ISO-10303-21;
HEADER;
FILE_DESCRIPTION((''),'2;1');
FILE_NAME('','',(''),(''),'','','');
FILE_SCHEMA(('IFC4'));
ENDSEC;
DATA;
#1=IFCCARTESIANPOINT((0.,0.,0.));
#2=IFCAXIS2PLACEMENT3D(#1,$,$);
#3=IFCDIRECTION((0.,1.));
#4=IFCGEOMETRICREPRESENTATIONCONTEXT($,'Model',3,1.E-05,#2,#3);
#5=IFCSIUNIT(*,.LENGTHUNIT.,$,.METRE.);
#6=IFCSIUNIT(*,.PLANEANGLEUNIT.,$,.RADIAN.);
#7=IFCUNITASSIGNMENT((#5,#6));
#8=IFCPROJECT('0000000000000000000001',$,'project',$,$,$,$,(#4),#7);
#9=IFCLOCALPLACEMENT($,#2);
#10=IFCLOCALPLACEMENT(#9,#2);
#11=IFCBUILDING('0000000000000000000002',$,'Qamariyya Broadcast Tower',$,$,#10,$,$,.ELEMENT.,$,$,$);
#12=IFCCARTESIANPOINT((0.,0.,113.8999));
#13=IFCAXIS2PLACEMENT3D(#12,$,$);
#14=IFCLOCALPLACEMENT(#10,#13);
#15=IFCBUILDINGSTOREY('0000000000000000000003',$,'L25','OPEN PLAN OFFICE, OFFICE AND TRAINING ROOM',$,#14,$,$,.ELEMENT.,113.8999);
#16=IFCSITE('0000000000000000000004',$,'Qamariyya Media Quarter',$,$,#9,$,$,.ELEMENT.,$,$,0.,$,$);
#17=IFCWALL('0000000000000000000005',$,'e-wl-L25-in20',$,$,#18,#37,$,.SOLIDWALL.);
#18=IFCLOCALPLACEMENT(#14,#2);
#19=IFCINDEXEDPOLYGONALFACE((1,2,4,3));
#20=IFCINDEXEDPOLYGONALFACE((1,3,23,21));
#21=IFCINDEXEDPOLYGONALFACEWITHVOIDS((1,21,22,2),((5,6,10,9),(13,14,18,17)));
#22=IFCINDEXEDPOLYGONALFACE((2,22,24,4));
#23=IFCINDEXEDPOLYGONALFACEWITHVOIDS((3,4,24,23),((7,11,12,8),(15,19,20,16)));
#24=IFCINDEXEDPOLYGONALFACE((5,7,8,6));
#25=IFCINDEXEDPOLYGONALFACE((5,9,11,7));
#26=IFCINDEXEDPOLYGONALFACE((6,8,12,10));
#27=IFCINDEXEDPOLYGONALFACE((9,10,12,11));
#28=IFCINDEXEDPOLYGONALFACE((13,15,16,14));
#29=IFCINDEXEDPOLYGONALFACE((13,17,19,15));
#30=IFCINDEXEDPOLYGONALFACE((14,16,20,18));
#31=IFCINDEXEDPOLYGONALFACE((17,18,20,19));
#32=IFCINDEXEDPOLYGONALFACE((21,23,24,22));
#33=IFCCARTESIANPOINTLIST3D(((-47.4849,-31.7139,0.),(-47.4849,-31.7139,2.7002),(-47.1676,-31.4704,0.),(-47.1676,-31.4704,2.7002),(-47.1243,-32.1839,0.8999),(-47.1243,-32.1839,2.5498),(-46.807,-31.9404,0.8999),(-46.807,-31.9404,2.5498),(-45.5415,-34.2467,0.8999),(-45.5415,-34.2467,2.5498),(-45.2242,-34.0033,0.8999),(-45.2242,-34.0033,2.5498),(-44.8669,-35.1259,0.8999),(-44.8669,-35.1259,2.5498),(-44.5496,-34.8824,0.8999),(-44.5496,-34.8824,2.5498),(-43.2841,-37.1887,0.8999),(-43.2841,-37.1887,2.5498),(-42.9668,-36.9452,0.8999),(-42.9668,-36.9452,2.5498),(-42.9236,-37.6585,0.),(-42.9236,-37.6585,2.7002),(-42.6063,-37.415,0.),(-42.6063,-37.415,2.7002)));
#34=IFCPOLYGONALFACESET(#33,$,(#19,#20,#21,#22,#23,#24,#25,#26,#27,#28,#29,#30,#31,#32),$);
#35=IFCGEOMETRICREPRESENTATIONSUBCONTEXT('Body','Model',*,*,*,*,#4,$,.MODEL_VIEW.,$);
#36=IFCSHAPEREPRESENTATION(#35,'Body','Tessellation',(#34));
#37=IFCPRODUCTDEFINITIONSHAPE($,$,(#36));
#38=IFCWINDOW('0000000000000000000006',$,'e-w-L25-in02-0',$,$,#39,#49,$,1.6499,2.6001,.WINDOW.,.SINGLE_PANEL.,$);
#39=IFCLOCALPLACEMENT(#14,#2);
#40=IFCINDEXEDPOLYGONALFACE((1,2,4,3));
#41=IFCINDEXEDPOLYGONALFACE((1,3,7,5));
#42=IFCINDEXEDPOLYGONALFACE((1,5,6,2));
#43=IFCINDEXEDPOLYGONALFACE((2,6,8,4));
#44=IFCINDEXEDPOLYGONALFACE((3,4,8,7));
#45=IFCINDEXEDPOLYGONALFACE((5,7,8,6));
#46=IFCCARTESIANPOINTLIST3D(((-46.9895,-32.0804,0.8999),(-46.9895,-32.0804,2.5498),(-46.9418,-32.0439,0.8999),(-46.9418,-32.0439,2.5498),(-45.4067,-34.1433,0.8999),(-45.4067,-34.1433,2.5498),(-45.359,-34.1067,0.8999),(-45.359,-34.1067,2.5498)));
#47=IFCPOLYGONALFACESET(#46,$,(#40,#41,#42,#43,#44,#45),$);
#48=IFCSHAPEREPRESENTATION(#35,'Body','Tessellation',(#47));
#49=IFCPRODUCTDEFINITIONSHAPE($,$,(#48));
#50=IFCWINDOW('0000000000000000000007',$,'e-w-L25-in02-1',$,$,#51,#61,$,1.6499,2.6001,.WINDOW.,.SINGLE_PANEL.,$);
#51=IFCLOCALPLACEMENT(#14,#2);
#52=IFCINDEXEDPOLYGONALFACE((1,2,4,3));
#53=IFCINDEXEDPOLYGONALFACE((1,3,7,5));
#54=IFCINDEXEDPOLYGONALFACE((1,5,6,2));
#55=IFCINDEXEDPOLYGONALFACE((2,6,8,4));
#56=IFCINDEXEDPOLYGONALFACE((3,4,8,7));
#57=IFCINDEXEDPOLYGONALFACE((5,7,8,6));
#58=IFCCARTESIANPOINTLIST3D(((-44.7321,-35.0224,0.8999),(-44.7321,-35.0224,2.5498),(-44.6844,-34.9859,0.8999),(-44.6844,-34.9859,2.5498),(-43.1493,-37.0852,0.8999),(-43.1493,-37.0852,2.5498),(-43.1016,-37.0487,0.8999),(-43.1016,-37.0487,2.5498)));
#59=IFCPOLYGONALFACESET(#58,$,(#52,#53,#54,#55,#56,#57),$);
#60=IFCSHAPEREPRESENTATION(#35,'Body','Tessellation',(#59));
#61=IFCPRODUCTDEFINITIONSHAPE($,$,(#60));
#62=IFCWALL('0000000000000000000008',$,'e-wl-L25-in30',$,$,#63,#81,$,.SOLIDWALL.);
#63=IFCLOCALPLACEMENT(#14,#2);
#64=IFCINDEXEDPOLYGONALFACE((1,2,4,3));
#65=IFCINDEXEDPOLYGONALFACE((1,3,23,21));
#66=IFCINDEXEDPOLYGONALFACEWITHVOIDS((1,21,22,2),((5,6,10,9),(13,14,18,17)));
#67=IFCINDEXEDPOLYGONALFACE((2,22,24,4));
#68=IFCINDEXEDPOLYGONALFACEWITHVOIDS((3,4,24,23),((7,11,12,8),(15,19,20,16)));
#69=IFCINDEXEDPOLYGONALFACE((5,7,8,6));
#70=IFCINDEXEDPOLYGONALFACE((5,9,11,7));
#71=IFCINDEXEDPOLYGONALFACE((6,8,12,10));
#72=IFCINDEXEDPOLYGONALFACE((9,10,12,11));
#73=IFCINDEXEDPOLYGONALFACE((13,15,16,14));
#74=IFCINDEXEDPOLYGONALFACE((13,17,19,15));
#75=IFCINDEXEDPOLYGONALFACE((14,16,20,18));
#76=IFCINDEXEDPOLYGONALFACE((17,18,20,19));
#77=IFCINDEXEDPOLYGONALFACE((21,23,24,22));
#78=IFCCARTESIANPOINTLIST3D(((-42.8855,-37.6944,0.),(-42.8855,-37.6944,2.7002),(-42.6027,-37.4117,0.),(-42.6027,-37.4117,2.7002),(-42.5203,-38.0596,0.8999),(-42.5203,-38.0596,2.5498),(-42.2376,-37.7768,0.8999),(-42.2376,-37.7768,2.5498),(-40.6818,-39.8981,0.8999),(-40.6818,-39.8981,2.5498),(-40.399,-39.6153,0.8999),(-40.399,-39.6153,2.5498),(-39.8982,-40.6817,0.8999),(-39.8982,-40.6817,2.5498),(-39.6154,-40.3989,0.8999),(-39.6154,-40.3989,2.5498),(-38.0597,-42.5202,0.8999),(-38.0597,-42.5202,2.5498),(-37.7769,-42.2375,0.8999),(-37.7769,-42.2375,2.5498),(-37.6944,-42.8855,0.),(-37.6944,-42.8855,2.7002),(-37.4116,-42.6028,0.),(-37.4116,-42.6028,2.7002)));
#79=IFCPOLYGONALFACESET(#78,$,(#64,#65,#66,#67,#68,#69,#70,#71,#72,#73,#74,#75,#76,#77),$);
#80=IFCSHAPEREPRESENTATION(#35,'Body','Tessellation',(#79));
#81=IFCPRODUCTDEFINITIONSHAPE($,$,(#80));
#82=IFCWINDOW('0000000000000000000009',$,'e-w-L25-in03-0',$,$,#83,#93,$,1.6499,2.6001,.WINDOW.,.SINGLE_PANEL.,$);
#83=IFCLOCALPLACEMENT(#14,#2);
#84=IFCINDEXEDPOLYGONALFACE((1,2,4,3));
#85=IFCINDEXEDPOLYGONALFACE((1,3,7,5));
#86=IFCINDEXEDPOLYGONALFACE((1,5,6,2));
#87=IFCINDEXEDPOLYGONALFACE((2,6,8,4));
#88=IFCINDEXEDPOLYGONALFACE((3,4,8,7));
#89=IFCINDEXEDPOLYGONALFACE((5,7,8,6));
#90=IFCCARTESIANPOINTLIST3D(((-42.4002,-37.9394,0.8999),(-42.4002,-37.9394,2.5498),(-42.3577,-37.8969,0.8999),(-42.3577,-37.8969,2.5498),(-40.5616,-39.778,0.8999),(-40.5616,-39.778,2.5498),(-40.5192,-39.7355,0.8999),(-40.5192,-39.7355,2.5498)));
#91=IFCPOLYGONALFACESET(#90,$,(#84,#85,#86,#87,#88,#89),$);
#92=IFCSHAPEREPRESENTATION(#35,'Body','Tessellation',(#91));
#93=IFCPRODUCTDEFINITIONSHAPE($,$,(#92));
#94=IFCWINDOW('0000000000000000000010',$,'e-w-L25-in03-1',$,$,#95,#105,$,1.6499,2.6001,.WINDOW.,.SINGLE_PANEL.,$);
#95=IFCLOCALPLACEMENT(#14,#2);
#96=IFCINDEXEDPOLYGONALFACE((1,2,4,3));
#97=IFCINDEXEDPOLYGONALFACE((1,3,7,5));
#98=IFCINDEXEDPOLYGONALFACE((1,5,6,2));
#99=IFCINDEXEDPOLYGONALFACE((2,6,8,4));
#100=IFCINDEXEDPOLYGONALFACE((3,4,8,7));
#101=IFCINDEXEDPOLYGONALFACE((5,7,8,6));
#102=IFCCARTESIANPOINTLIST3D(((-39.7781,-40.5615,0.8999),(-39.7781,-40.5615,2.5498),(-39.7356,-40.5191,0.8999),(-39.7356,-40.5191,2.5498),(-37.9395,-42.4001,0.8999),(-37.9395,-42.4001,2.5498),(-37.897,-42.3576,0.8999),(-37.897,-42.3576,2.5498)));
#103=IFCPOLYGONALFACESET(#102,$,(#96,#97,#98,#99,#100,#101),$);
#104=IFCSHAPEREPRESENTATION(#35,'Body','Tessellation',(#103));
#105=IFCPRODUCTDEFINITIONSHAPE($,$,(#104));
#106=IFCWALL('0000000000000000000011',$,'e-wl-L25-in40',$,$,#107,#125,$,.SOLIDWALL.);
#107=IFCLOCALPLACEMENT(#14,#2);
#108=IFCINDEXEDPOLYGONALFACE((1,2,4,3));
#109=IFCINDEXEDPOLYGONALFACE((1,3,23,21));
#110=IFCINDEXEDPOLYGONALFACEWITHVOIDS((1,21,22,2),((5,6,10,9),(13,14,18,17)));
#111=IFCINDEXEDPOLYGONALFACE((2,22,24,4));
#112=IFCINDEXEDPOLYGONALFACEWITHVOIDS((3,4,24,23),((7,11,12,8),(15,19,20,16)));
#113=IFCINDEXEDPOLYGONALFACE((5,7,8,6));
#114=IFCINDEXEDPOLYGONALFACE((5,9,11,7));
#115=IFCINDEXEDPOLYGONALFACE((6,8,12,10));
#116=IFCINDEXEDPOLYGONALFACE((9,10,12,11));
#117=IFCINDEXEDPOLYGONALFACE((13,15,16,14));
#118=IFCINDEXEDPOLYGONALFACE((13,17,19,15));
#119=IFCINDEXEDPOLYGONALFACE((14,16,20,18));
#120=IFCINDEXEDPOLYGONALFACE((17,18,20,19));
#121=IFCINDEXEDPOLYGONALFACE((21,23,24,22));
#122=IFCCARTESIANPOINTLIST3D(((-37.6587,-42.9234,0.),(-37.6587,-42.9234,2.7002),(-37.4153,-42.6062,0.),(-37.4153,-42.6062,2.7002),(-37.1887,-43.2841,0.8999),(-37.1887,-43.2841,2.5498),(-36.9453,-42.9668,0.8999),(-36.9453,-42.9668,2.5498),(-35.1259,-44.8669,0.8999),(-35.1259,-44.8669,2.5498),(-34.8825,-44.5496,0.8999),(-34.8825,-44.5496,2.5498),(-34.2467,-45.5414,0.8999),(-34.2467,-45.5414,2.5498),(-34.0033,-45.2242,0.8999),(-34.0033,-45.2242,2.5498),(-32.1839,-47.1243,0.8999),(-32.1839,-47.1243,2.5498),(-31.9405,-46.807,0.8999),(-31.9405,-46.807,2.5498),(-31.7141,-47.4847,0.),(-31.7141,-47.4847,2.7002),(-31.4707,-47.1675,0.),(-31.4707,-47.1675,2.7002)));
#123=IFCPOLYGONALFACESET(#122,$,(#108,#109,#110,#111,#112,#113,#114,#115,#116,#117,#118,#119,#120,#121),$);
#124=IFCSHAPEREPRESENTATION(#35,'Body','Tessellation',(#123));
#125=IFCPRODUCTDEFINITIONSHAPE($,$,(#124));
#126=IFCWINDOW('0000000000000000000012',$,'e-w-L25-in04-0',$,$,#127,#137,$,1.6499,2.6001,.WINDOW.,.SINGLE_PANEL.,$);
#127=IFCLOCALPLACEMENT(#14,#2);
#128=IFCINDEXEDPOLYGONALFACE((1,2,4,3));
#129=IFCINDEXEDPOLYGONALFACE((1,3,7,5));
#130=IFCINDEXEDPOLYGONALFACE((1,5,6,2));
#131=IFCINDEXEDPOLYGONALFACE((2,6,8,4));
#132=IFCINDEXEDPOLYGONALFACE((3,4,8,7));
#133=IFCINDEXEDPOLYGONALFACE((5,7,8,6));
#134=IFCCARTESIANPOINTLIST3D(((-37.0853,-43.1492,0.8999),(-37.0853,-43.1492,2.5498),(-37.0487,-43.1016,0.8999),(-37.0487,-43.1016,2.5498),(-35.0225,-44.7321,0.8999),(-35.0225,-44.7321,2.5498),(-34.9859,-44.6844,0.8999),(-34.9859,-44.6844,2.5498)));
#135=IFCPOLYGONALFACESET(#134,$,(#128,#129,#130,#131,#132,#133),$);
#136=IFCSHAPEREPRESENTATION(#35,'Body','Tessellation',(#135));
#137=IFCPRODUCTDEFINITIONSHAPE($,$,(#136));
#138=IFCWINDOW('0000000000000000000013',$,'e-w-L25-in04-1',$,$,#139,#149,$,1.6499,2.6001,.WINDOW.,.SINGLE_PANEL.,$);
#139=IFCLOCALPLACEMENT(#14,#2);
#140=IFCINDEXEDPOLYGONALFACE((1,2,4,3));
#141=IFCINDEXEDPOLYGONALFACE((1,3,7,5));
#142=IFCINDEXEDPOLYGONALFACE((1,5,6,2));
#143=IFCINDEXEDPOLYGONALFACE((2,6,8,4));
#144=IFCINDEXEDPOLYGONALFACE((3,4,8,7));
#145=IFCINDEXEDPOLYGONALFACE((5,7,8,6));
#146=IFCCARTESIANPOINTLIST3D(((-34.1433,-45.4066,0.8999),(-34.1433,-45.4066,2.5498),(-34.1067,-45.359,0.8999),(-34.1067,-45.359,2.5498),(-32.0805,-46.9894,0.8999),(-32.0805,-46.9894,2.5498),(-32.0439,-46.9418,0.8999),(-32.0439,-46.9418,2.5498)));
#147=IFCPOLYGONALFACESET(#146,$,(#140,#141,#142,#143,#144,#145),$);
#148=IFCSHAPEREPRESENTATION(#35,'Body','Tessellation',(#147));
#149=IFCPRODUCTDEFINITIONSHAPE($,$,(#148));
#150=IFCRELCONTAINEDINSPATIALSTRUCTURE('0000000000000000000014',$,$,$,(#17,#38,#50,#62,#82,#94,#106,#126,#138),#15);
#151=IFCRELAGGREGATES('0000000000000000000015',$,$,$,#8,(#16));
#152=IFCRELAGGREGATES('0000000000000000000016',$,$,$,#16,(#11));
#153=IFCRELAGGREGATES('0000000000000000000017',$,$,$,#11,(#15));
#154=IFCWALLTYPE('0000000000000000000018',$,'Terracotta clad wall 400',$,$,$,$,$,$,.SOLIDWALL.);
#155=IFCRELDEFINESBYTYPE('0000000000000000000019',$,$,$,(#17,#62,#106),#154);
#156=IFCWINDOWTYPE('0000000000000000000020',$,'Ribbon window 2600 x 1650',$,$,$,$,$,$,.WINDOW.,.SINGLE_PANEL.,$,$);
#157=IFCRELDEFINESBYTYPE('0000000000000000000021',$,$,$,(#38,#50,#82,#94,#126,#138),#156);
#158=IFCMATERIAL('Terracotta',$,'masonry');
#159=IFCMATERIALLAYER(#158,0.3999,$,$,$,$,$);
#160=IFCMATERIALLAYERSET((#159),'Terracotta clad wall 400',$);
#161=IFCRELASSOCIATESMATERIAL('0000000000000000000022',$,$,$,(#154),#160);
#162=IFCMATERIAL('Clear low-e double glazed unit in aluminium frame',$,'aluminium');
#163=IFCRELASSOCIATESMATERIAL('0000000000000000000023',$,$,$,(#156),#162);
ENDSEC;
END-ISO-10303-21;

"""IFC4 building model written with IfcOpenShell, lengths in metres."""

from ifc_helpers import new_model, si_unit, direction, frame, frame_2d, origin, place, context, subcontext, project, spatial, rectangle, extrude, material, layer, layer_set, type_object, element, fill, save


model = new_model("IFC4")

# Units and contexts
model_context = context("Model", 3, precision=1e-05, world=origin(), true_north=direction((0.0, 1.0)))
body_context = subcontext(model_context, "Body", "Model", "MODEL_VIEW")
ifc_project = project(units=[si_unit("LENGTHUNIT", "METRE"), si_unit("PLANEANGLEUNIT", "RADIAN")], contexts=[model_context])

# Site, building, storey
site_placement = place(None, origin())
site = spatial("IfcSite", under=ifc_project, at=site_placement, Name="Qamariyya Media Quarter", CompositionType="ELEMENT", RefElevation=0.0)
building_placement = place(site_placement, origin())
building = spatial("IfcBuilding", under=site, at=building_placement, Name="Qamariyya Broadcast Tower", CompositionType="ELEMENT")
storey_placement = place(building_placement, frame((0.0, 0.0, 113.8999)))
storey = spatial("IfcBuildingStorey", under=building, at=storey_placement, Name="L25", Description="OPEN PLAN OFFICE, OFFICE AND TRAINING ROOM", CompositionType="ELEMENT", Elevation=113.8999)

# Walls, openings, windows
ifc_material_1 = material(Name="Terracotta", Category="masonry")
ifc_layer_1 = layer(ifc_material_1, 0.3999)
ifc_layer_set_1 = layer_set([ifc_layer_1], Name="Terracotta clad wall 400")
wall_type = type_object("IfcWallType", Name="Terracotta clad wall 400", PredefinedType="SOLIDWALL", material=ifc_layer_set_1)
wall_1_placement = place(storey_placement, frame((-42.7649, -37.5369, 0.0), z_axis=(0.0, 0.0, 1.0), x_axis=(-0.608748, 0.793363, 0.0)))
wall_1 = element("IfcWall", 1, at=wall_1_placement, inside=storey, type_object=wall_type, Name="e-wl-L25-in20", PredefinedType="SOLIDWALL", context=body_context, shape_type="SweptSolid", body=[
    extrude(rectangle(XDim=7.4929, YDim=0.3999, at=frame_2d((3.7466, 0.0))), origin(), (0.0, 0.0, 1.0), 2.7002),
])
opening_1_placement = place(wall_1_placement, frame((4.3005, 0.0, 0.8999)))
opening_1 = element("IfcOpeningElement", 2, at=opening_1_placement, cuts=wall_1, PredefinedType="OPENING", context=body_context, shape_type="SweptSolid", body=[
    extrude(rectangle(XDim=2.6001, YDim=1.6499, at=frame_2d((1.3, 0.825))), frame((0.0, 0.21, 0.0), z_axis=(0.0, -1.0, 0.0), x_axis=(1.0, 0.0, 0.0)), (0.0, 0.0, 1.0), 0.4199),
])
opening_2_placement = place(wall_1_placement, frame((0.5923, 0.0, 0.8999)))
opening_2 = element("IfcOpeningElement", 3, at=opening_2_placement, cuts=wall_1, PredefinedType="OPENING", context=body_context, shape_type="SweptSolid", body=[
    extrude(rectangle(XDim=2.6001, YDim=1.6499, at=frame_2d((1.3, 0.825))), frame((0.0, 0.21, 0.0), z_axis=(0.0, -1.0, 0.0), x_axis=(1.0, 0.0, 0.0)), (0.0, 0.0, 1.0), 0.4199),
])
ifc_material_2 = material(Name="Clear low-e double glazed unit in aluminium frame", Category="aluminium")
window_type = type_object("IfcWindowType", Name="Ribbon window 2600 x 1650", PartitioningType="SINGLE_PANEL", PredefinedType="WINDOW", material=ifc_material_2)
window_1_placement = place(opening_1_placement, origin())
window_1 = element("IfcWindow", 4, at=window_1_placement, inside=storey, type_object=window_type, Name="e-w-L25-in02-0", OverallHeight=1.6499, OverallWidth=2.6001, PartitioningType="SINGLE_PANEL", PredefinedType="WINDOW", context=body_context, shape_type="SweptSolid", body=[
    extrude(rectangle(XDim=2.6001, YDim=1.6499, at=frame_2d((1.3, 0.825))), frame((0.0, 0.03, 0.0), z_axis=(0.0, -1.0, 0.0), x_axis=(1.0, 0.0, 0.0)), (0.0, 0.0, 1.0), 0.0601),
])
fill(opening_1, window_1)
window_2_placement = place(opening_2_placement, origin())
window_2 = element("IfcWindow", 5, at=window_2_placement, inside=storey, type_object=window_type, Name="e-w-L25-in02-1", OverallHeight=1.6499, OverallWidth=2.6001, PartitioningType="SINGLE_PANEL", PredefinedType="WINDOW", context=body_context, shape_type="SweptSolid", body=[
    extrude(rectangle(XDim=2.6001, YDim=1.6499, at=frame_2d((1.3, 0.825))), frame((0.0, 0.03, 0.0), z_axis=(0.0, -1.0, 0.0), x_axis=(1.0, 0.0, 0.0)), (0.0, 0.0, 1.0), 0.0601),
])
fill(opening_2, window_2)
wall_2_placement = place(storey_placement, frame((-37.553, -42.7441, 0.0), z_axis=(0.0, 0.0, 1.0), x_axis=(-0.707107, 0.707107, 0.0)))
wall_2 = element("IfcWall", 6, at=wall_2_placement, inside=storey, type_object=wall_type, Name="e-wl-L25-in30", PredefinedType="SOLIDWALL", context=body_context, shape_type="SweptSolid", body=[
    extrude(rectangle(XDim=7.3413, YDim=0.3999, at=frame_2d((3.6707, 0.0))), origin(), (0.0, 0.0, 1.0), 2.7002),
])
opening_3_placement = place(wall_2_placement, frame((4.2249, 0.0, 0.8999)))
opening_3 = element("IfcOpeningElement", 7, at=opening_3_placement, cuts=wall_2, PredefinedType="OPENING", context=body_context, shape_type="SweptSolid", body=[
    extrude(rectangle(XDim=2.6001, YDim=1.6499, at=frame_2d((1.3, 0.825))), frame((0.0, 0.21, 0.0), z_axis=(0.0, -1.0, 0.0), x_axis=(1.0, 0.0, 0.0)), (0.0, 0.0, 1.0), 0.4199),
])
opening_4_placement = place(wall_2_placement, frame((0.5166, 0.0, 0.8999)))
opening_4 = element("IfcOpeningElement", 8, at=opening_4_placement, cuts=wall_2, PredefinedType="OPENING", context=body_context, shape_type="SweptSolid", body=[
    extrude(rectangle(XDim=2.6001, YDim=1.6499, at=frame_2d((1.3, 0.825))), frame((0.0, 0.21, 0.0), z_axis=(0.0, -1.0, 0.0), x_axis=(1.0, 0.0, 0.0)), (0.0, 0.0, 1.0), 0.4199),
])
window_3_placement = place(opening_3_placement, origin())
window_3 = element("IfcWindow", 9, at=window_3_placement, inside=storey, type_object=window_type, Name="e-w-L25-in03-0", OverallHeight=1.6499, OverallWidth=2.6001, PartitioningType="SINGLE_PANEL", PredefinedType="WINDOW", context=body_context, shape_type="SweptSolid", body=[
    extrude(rectangle(XDim=2.6001, YDim=1.6499, at=frame_2d((1.3, 0.825))), frame((0.0, 0.03, 0.0), z_axis=(0.0, -1.0, 0.0), x_axis=(1.0, 0.0, 0.0)), (0.0, 0.0, 1.0), 0.0601),
])
fill(opening_3, window_3)
window_4_placement = place(opening_4_placement, origin())
window_4 = element("IfcWindow", 10, at=window_4_placement, inside=storey, type_object=window_type, Name="e-w-L25-in03-1", OverallHeight=1.6499, OverallWidth=2.6001, PartitioningType="SINGLE_PANEL", PredefinedType="WINDOW", context=body_context, shape_type="SweptSolid", body=[
    extrude(rectangle(XDim=2.6001, YDim=1.6499, at=frame_2d((1.3, 0.825))), frame((0.0, 0.03, 0.0), z_axis=(0.0, -1.0, 0.0), x_axis=(1.0, 0.0, 0.0)), (0.0, 0.0, 1.0), 0.0601),
])
fill(opening_4, window_4)
wall_3_placement = place(storey_placement, frame((-31.5923, -47.3262, 0.0), z_axis=(0.0, 0.0, 1.0), x_axis=(-0.793363, 0.608748, 0.0)))
wall_3 = element("IfcWall", 11, at=wall_3_placement, inside=storey, type_object=wall_type, Name="e-wl-L25-in40", PredefinedType="SOLIDWALL", context=body_context, shape_type="SweptSolid", body=[
    extrude(rectangle(XDim=7.4929, YDim=0.3999, at=frame_2d((3.7466, 0.0))), origin(), (0.0, 0.0, 1.0), 2.7002),
])
opening_5_placement = place(wall_3_placement, frame((4.3005, 0.0, 0.8999)))
opening_5 = element("IfcOpeningElement", 12, at=opening_5_placement, cuts=wall_3, PredefinedType="OPENING", context=body_context, shape_type="SweptSolid", body=[
    extrude(rectangle(XDim=2.6001, YDim=1.6499, at=frame_2d((1.3, 0.825))), frame((0.0, 0.21, 0.0), z_axis=(0.0, -1.0, 0.0), x_axis=(1.0, 0.0, 0.0)), (0.0, 0.0, 1.0), 0.4199),
])
opening_6_placement = place(wall_3_placement, frame((0.5923, 0.0, 0.8999)))
opening_6 = element("IfcOpeningElement", 13, at=opening_6_placement, cuts=wall_3, PredefinedType="OPENING", context=body_context, shape_type="SweptSolid", body=[
    extrude(rectangle(XDim=2.6001, YDim=1.6499, at=frame_2d((1.3, 0.825))), frame((0.0, 0.21, 0.0), z_axis=(0.0, -1.0, 0.0), x_axis=(1.0, 0.0, 0.0)), (0.0, 0.0, 1.0), 0.4199),
])
window_5_placement = place(opening_5_placement, origin())
window_5 = element("IfcWindow", 14, at=window_5_placement, inside=storey, type_object=window_type, Name="e-w-L25-in04-0", OverallHeight=1.6499, OverallWidth=2.6001, PartitioningType="SINGLE_PANEL", PredefinedType="WINDOW", context=body_context, shape_type="SweptSolid", body=[
    extrude(rectangle(XDim=2.6001, YDim=1.6499, at=frame_2d((1.3, 0.825))), frame((0.0, 0.03, 0.0), z_axis=(0.0, -1.0, 0.0), x_axis=(1.0, 0.0, 0.0)), (0.0, 0.0, 1.0), 0.0601),
])
fill(opening_5, window_5)
window_6_placement = place(opening_6_placement, origin())
window_6 = element("IfcWindow", 15, at=window_6_placement, inside=storey, type_object=window_type, Name="e-w-L25-in04-1", OverallHeight=1.6499, OverallWidth=2.6001, PartitioningType="SINGLE_PANEL", PredefinedType="WINDOW", context=body_context, shape_type="SweptSolid", body=[
    extrude(rectangle(XDim=2.6001, YDim=1.6499, at=frame_2d((1.3, 0.825))), frame((0.0, 0.03, 0.0), z_axis=(0.0, -1.0, 0.0), x_axis=(1.0, 0.0, 0.0)), (0.0, 0.0, 1.0), 0.0601),
])
fill(opening_6, window_6)

save(model, "model.ifc")
